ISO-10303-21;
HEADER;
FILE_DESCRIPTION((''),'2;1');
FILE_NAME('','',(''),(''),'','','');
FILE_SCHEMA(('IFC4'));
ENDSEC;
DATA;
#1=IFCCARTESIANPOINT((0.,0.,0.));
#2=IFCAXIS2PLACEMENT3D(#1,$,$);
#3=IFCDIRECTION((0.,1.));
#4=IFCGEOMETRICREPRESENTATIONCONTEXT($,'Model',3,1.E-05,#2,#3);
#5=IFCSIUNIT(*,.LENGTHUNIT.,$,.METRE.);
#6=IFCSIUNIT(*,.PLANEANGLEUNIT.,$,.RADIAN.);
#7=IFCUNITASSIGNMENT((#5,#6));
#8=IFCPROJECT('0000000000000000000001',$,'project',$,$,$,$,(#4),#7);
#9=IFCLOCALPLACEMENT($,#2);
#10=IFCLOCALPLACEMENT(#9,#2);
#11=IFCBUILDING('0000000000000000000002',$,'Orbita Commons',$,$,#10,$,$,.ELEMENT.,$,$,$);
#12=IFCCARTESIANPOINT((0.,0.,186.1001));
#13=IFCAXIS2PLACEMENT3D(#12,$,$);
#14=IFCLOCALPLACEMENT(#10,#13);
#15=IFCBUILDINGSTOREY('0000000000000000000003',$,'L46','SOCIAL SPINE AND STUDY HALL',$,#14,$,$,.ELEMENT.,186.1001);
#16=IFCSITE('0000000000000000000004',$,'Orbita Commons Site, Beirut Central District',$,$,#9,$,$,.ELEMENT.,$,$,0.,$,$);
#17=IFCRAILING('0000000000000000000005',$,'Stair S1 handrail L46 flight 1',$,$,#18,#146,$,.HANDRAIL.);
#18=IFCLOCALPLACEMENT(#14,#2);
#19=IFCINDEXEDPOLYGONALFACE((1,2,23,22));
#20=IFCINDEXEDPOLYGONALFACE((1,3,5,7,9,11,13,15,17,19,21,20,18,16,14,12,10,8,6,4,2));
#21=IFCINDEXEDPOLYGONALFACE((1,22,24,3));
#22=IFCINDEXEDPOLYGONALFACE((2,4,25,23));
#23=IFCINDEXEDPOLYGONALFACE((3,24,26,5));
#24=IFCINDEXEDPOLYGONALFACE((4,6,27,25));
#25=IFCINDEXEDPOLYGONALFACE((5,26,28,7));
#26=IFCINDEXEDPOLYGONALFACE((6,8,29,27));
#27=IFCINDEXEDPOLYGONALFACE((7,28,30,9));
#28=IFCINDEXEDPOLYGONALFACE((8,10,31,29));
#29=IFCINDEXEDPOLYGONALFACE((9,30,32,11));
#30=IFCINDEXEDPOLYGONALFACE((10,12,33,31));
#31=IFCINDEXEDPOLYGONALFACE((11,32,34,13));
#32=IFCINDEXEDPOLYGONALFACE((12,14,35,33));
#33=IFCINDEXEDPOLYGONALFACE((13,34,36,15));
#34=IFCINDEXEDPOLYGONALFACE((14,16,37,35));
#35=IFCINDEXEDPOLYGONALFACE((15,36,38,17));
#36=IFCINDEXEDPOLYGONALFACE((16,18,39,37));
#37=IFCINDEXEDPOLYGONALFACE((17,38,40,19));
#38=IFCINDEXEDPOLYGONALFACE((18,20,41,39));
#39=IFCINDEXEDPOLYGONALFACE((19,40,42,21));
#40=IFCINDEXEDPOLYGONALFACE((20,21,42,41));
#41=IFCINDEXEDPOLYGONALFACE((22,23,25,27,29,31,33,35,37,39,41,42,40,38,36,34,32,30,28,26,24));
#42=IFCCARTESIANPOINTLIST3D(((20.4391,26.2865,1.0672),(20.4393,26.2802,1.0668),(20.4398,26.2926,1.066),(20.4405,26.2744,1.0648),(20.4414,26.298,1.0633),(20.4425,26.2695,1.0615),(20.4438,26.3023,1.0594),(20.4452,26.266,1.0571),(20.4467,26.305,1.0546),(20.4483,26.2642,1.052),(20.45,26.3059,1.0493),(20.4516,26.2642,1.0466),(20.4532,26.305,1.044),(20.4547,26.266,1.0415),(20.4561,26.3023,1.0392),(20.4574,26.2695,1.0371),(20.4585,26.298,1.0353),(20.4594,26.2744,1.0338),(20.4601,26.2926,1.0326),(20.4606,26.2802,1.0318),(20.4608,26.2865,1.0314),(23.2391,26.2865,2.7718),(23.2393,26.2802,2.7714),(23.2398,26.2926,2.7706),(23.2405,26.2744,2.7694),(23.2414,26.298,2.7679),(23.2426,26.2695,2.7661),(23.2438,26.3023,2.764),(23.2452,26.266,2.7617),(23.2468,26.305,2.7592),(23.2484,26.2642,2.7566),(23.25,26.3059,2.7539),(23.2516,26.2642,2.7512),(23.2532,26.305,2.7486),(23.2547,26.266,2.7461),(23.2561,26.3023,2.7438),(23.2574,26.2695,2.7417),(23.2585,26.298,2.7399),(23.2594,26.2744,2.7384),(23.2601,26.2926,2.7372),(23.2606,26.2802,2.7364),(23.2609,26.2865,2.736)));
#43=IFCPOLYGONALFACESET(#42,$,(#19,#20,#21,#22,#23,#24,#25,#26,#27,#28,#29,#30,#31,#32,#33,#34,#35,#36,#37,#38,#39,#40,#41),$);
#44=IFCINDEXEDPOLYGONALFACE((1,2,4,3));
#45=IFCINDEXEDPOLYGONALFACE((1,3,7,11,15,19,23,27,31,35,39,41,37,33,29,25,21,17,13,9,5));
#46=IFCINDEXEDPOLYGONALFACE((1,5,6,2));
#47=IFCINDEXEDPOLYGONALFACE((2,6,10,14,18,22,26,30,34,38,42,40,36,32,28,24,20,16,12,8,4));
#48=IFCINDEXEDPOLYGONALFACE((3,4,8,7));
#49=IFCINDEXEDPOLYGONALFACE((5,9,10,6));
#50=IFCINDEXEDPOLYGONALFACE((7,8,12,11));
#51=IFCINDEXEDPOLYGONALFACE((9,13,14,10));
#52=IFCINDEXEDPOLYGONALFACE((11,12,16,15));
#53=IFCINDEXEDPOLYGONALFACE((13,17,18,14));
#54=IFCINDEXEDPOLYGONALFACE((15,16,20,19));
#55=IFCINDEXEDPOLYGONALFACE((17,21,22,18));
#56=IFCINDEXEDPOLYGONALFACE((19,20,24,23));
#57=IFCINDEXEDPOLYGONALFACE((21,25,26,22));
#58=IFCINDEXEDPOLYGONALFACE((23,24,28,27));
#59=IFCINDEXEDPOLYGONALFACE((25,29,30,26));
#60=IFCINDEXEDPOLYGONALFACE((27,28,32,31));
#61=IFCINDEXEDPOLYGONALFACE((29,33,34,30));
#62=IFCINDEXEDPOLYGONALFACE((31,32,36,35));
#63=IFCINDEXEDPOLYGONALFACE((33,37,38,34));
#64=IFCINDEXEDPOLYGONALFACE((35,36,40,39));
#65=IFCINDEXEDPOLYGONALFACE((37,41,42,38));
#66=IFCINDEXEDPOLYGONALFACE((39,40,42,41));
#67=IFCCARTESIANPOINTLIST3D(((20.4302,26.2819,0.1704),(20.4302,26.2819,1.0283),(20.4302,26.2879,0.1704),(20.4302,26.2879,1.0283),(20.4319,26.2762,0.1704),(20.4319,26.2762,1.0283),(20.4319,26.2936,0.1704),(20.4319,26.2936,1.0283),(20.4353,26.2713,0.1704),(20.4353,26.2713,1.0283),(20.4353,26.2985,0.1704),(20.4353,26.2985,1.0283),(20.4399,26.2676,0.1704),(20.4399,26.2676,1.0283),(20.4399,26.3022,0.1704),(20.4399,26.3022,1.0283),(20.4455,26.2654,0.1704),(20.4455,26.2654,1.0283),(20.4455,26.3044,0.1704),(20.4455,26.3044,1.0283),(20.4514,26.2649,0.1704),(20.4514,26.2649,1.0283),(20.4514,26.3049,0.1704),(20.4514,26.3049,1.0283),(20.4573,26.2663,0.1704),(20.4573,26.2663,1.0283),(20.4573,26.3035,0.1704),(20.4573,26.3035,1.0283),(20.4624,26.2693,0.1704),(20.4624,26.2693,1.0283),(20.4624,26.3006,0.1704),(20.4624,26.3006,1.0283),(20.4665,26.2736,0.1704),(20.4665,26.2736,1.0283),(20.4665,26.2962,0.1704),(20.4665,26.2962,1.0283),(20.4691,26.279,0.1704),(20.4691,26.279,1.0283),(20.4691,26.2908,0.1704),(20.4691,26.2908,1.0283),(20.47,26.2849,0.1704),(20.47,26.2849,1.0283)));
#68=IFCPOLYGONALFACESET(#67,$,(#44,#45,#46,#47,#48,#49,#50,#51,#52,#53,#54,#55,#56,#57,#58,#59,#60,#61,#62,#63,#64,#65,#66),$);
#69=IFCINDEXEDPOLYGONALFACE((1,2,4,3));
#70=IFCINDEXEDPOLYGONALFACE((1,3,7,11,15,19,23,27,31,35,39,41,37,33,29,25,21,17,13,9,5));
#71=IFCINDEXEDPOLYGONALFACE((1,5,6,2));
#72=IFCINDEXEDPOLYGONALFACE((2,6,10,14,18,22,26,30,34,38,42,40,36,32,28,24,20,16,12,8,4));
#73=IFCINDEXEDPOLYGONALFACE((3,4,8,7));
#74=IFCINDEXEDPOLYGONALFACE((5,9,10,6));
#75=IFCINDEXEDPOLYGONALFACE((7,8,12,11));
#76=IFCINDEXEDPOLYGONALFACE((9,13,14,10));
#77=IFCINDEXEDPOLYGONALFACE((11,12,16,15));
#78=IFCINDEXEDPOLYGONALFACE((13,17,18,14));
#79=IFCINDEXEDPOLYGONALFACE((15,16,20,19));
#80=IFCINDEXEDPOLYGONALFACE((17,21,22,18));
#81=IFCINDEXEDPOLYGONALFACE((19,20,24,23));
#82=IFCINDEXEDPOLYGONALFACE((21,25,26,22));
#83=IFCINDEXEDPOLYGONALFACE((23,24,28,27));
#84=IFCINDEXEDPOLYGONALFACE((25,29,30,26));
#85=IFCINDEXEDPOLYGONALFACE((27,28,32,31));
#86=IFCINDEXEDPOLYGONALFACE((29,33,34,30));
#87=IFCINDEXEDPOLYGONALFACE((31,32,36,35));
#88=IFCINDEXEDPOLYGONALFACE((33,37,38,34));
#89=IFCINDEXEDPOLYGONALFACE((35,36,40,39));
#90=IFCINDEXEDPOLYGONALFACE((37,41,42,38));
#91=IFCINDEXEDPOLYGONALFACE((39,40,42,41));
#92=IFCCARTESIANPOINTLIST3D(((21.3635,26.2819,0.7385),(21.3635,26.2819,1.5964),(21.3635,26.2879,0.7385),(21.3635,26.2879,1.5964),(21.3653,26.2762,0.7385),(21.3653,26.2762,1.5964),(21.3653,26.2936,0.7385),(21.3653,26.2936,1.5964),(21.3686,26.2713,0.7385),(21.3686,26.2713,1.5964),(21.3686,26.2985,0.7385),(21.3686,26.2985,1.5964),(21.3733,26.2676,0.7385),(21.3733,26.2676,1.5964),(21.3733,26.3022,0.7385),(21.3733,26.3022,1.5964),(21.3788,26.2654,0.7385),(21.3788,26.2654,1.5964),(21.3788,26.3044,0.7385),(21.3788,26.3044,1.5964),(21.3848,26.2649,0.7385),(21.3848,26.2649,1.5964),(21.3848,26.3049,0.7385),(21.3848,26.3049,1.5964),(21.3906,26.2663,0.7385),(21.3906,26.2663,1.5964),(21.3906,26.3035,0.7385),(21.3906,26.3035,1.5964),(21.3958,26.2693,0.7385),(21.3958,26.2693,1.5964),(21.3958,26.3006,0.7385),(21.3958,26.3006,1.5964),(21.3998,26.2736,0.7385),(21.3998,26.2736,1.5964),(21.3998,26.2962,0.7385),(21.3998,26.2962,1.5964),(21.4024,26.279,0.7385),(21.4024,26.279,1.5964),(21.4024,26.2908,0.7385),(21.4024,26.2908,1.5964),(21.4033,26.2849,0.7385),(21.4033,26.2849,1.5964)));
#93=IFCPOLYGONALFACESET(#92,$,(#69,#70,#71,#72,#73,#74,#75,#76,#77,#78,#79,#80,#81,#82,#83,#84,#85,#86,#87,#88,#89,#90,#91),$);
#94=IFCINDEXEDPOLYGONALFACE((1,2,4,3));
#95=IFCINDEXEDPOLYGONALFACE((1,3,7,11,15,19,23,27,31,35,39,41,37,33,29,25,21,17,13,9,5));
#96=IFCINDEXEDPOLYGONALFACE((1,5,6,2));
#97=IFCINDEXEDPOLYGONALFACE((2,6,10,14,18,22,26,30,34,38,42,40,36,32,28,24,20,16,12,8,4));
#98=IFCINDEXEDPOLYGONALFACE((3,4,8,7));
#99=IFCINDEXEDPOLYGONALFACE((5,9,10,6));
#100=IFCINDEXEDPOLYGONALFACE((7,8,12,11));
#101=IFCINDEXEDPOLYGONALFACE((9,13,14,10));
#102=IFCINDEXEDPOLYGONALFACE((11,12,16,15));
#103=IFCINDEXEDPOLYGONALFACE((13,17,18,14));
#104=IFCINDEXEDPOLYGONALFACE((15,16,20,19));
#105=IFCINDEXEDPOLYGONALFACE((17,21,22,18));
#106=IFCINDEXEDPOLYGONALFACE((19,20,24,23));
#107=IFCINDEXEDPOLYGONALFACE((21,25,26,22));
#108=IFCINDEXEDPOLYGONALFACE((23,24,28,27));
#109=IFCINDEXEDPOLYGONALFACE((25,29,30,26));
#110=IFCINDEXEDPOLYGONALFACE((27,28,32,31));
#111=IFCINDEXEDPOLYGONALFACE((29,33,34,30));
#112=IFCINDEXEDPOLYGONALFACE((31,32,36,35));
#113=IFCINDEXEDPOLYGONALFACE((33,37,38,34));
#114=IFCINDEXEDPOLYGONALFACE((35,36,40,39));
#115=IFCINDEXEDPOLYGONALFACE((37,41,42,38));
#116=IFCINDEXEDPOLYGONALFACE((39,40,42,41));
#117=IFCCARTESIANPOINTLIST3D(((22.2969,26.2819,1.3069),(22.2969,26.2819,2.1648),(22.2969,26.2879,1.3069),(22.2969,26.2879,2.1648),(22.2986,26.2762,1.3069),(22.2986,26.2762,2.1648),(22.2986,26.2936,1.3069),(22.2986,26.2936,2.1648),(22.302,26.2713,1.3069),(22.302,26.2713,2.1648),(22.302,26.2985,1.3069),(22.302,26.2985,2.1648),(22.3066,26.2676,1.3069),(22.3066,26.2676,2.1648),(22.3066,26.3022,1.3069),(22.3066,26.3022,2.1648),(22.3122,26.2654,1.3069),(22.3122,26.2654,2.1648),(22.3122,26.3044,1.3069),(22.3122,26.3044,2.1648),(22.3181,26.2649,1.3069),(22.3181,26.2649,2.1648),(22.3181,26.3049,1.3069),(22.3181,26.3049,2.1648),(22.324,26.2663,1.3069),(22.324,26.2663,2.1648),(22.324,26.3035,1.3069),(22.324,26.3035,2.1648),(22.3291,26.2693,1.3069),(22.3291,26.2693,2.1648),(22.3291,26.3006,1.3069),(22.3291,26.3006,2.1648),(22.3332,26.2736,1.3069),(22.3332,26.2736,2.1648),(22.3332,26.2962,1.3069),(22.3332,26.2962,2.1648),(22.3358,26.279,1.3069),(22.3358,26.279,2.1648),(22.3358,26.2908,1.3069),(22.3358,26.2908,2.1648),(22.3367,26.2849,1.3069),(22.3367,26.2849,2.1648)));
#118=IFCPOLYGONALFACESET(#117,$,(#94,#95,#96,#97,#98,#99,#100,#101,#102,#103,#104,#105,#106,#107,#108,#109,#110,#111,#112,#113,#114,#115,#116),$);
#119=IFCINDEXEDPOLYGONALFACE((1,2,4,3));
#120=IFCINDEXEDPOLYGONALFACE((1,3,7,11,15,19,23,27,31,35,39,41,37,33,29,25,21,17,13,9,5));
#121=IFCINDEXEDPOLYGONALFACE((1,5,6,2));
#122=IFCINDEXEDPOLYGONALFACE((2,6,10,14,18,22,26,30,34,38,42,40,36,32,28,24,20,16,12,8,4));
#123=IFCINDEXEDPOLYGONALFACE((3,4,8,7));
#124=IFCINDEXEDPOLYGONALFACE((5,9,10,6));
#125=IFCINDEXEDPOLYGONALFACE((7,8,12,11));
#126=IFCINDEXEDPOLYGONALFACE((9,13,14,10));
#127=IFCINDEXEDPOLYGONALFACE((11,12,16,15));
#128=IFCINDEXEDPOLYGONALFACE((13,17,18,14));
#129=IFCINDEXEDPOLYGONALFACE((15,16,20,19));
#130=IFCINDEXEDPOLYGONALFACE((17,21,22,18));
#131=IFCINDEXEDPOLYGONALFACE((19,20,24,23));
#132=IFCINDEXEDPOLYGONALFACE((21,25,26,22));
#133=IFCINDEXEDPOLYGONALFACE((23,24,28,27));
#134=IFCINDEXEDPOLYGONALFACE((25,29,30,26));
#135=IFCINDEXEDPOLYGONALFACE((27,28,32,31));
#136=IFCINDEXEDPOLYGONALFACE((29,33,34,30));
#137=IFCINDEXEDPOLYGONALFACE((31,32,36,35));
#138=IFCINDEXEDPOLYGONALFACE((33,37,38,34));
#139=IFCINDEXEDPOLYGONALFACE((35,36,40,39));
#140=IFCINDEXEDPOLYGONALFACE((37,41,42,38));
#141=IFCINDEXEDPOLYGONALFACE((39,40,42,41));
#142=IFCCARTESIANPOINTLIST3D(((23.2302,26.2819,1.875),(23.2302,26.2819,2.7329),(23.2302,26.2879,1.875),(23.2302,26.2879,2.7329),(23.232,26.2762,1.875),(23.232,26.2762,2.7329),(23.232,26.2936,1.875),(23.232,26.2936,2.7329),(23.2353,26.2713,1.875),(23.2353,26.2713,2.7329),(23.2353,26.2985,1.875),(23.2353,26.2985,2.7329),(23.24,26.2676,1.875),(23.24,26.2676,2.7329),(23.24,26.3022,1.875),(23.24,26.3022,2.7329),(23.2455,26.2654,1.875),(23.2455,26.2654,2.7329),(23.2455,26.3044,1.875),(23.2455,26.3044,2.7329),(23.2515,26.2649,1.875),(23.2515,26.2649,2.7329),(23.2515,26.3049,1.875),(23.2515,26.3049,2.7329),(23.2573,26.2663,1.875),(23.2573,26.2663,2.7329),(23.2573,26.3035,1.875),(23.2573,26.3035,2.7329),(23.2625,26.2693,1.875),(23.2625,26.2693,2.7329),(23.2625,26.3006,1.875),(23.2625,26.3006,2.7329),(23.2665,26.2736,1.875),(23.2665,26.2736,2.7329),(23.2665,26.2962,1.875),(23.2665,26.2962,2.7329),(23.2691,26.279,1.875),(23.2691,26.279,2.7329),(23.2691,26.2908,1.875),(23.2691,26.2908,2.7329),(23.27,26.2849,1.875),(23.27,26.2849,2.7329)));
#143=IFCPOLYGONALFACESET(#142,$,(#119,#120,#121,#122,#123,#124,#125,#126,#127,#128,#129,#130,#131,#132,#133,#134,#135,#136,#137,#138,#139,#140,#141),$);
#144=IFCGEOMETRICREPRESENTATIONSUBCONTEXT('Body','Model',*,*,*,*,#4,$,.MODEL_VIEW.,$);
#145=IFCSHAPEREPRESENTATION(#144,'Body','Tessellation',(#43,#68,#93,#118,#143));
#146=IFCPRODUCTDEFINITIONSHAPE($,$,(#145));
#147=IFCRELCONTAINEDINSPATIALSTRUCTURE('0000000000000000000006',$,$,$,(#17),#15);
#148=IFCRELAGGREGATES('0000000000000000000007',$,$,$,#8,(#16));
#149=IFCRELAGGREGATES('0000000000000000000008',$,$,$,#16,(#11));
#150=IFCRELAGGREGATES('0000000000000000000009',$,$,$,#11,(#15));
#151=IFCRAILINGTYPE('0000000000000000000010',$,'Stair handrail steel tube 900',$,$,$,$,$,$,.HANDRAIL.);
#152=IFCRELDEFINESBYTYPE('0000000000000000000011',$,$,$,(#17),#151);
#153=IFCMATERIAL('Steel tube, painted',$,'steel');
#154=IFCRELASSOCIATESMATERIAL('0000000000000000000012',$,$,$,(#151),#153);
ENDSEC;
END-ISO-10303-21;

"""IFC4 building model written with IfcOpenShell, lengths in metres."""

from ifc_helpers import new_model, si_unit, direction, frame, origin, origin_2d, place, context, subcontext, project, spatial, circle, extrude, material, type_object, element, save


model = new_model("IFC4")

# Units and contexts
model_context = context("Model", 3, precision=1e-05, world=origin(), true_north=direction((0.0, 1.0)))
body_context = subcontext(model_context, "Body", "Model", "MODEL_VIEW")
ifc_project = project(units=[si_unit("LENGTHUNIT", "METRE"), si_unit("PLANEANGLEUNIT", "RADIAN")], contexts=[model_context])

# Site, building, storey
site_placement = place(None, origin())
site = spatial("IfcSite", under=ifc_project, at=site_placement, Name="Orbita Commons Site, Beirut Central District", CompositionType="ELEMENT", RefElevation=0.0)
building_placement = place(site_placement, origin())
building = spatial("IfcBuilding", under=site, at=building_placement, Name="Orbita Commons", CompositionType="ELEMENT")
storey_placement = place(building_placement, frame((0.0, 0.0, 186.1001)))
storey = spatial("IfcBuildingStorey", under=building, at=storey_placement, Name="L46", Description="SOCIAL SPINE AND STUDY HALL", CompositionType="ELEMENT", Elevation=186.1001)

# Railing
ifc_material_1 = material(Name="Steel tube, painted", Category="steel")
railing_type = type_object("IfcRailingType", Name="Stair handrail steel tube 900", PredefinedType="HANDRAIL", material=ifc_material_1)
for number, where, name in (
    (1, (20.45, 26.2849, 0.1704), "Stair S1 handrail L46 flight 1"),
):
    element("IfcRailing", number, at=place(storey_placement, frame(where)), inside=storey, type_object=railing_type, Name=name, PredefinedType="HANDRAIL", context=body_context, shape_type="SweptSolid", body=[
        extrude(circle(Radius=0.021, at=origin_2d()), frame((0.0, 0.0, 0.8789), z_axis=(0.85417, 0.0, 0.519994), x_axis=(0.0, 1.0, 0.0)), (0.0, 0.0, 1.0), 3.2781),
        extrude(circle(Radius=0.02, at=origin_2d()), origin(), (0.0, 0.0, 1.0), 0.8579),
        extrude(circle(Radius=0.02, at=origin_2d()), frame((0.9333, 0.0, 0.5681)), (0.0, 0.0, 1.0), 0.8579),
        extrude(circle(Radius=0.02, at=origin_2d()), frame((1.8667, 0.0, 1.1365)), (0.0, 0.0, 1.0), 0.8579),
        extrude(circle(Radius=0.02, at=origin_2d()), frame((2.8, 0.0, 1.7046)), (0.0, 0.0, 1.0), 0.8579),
    ])

save(model, "model.ifc")
